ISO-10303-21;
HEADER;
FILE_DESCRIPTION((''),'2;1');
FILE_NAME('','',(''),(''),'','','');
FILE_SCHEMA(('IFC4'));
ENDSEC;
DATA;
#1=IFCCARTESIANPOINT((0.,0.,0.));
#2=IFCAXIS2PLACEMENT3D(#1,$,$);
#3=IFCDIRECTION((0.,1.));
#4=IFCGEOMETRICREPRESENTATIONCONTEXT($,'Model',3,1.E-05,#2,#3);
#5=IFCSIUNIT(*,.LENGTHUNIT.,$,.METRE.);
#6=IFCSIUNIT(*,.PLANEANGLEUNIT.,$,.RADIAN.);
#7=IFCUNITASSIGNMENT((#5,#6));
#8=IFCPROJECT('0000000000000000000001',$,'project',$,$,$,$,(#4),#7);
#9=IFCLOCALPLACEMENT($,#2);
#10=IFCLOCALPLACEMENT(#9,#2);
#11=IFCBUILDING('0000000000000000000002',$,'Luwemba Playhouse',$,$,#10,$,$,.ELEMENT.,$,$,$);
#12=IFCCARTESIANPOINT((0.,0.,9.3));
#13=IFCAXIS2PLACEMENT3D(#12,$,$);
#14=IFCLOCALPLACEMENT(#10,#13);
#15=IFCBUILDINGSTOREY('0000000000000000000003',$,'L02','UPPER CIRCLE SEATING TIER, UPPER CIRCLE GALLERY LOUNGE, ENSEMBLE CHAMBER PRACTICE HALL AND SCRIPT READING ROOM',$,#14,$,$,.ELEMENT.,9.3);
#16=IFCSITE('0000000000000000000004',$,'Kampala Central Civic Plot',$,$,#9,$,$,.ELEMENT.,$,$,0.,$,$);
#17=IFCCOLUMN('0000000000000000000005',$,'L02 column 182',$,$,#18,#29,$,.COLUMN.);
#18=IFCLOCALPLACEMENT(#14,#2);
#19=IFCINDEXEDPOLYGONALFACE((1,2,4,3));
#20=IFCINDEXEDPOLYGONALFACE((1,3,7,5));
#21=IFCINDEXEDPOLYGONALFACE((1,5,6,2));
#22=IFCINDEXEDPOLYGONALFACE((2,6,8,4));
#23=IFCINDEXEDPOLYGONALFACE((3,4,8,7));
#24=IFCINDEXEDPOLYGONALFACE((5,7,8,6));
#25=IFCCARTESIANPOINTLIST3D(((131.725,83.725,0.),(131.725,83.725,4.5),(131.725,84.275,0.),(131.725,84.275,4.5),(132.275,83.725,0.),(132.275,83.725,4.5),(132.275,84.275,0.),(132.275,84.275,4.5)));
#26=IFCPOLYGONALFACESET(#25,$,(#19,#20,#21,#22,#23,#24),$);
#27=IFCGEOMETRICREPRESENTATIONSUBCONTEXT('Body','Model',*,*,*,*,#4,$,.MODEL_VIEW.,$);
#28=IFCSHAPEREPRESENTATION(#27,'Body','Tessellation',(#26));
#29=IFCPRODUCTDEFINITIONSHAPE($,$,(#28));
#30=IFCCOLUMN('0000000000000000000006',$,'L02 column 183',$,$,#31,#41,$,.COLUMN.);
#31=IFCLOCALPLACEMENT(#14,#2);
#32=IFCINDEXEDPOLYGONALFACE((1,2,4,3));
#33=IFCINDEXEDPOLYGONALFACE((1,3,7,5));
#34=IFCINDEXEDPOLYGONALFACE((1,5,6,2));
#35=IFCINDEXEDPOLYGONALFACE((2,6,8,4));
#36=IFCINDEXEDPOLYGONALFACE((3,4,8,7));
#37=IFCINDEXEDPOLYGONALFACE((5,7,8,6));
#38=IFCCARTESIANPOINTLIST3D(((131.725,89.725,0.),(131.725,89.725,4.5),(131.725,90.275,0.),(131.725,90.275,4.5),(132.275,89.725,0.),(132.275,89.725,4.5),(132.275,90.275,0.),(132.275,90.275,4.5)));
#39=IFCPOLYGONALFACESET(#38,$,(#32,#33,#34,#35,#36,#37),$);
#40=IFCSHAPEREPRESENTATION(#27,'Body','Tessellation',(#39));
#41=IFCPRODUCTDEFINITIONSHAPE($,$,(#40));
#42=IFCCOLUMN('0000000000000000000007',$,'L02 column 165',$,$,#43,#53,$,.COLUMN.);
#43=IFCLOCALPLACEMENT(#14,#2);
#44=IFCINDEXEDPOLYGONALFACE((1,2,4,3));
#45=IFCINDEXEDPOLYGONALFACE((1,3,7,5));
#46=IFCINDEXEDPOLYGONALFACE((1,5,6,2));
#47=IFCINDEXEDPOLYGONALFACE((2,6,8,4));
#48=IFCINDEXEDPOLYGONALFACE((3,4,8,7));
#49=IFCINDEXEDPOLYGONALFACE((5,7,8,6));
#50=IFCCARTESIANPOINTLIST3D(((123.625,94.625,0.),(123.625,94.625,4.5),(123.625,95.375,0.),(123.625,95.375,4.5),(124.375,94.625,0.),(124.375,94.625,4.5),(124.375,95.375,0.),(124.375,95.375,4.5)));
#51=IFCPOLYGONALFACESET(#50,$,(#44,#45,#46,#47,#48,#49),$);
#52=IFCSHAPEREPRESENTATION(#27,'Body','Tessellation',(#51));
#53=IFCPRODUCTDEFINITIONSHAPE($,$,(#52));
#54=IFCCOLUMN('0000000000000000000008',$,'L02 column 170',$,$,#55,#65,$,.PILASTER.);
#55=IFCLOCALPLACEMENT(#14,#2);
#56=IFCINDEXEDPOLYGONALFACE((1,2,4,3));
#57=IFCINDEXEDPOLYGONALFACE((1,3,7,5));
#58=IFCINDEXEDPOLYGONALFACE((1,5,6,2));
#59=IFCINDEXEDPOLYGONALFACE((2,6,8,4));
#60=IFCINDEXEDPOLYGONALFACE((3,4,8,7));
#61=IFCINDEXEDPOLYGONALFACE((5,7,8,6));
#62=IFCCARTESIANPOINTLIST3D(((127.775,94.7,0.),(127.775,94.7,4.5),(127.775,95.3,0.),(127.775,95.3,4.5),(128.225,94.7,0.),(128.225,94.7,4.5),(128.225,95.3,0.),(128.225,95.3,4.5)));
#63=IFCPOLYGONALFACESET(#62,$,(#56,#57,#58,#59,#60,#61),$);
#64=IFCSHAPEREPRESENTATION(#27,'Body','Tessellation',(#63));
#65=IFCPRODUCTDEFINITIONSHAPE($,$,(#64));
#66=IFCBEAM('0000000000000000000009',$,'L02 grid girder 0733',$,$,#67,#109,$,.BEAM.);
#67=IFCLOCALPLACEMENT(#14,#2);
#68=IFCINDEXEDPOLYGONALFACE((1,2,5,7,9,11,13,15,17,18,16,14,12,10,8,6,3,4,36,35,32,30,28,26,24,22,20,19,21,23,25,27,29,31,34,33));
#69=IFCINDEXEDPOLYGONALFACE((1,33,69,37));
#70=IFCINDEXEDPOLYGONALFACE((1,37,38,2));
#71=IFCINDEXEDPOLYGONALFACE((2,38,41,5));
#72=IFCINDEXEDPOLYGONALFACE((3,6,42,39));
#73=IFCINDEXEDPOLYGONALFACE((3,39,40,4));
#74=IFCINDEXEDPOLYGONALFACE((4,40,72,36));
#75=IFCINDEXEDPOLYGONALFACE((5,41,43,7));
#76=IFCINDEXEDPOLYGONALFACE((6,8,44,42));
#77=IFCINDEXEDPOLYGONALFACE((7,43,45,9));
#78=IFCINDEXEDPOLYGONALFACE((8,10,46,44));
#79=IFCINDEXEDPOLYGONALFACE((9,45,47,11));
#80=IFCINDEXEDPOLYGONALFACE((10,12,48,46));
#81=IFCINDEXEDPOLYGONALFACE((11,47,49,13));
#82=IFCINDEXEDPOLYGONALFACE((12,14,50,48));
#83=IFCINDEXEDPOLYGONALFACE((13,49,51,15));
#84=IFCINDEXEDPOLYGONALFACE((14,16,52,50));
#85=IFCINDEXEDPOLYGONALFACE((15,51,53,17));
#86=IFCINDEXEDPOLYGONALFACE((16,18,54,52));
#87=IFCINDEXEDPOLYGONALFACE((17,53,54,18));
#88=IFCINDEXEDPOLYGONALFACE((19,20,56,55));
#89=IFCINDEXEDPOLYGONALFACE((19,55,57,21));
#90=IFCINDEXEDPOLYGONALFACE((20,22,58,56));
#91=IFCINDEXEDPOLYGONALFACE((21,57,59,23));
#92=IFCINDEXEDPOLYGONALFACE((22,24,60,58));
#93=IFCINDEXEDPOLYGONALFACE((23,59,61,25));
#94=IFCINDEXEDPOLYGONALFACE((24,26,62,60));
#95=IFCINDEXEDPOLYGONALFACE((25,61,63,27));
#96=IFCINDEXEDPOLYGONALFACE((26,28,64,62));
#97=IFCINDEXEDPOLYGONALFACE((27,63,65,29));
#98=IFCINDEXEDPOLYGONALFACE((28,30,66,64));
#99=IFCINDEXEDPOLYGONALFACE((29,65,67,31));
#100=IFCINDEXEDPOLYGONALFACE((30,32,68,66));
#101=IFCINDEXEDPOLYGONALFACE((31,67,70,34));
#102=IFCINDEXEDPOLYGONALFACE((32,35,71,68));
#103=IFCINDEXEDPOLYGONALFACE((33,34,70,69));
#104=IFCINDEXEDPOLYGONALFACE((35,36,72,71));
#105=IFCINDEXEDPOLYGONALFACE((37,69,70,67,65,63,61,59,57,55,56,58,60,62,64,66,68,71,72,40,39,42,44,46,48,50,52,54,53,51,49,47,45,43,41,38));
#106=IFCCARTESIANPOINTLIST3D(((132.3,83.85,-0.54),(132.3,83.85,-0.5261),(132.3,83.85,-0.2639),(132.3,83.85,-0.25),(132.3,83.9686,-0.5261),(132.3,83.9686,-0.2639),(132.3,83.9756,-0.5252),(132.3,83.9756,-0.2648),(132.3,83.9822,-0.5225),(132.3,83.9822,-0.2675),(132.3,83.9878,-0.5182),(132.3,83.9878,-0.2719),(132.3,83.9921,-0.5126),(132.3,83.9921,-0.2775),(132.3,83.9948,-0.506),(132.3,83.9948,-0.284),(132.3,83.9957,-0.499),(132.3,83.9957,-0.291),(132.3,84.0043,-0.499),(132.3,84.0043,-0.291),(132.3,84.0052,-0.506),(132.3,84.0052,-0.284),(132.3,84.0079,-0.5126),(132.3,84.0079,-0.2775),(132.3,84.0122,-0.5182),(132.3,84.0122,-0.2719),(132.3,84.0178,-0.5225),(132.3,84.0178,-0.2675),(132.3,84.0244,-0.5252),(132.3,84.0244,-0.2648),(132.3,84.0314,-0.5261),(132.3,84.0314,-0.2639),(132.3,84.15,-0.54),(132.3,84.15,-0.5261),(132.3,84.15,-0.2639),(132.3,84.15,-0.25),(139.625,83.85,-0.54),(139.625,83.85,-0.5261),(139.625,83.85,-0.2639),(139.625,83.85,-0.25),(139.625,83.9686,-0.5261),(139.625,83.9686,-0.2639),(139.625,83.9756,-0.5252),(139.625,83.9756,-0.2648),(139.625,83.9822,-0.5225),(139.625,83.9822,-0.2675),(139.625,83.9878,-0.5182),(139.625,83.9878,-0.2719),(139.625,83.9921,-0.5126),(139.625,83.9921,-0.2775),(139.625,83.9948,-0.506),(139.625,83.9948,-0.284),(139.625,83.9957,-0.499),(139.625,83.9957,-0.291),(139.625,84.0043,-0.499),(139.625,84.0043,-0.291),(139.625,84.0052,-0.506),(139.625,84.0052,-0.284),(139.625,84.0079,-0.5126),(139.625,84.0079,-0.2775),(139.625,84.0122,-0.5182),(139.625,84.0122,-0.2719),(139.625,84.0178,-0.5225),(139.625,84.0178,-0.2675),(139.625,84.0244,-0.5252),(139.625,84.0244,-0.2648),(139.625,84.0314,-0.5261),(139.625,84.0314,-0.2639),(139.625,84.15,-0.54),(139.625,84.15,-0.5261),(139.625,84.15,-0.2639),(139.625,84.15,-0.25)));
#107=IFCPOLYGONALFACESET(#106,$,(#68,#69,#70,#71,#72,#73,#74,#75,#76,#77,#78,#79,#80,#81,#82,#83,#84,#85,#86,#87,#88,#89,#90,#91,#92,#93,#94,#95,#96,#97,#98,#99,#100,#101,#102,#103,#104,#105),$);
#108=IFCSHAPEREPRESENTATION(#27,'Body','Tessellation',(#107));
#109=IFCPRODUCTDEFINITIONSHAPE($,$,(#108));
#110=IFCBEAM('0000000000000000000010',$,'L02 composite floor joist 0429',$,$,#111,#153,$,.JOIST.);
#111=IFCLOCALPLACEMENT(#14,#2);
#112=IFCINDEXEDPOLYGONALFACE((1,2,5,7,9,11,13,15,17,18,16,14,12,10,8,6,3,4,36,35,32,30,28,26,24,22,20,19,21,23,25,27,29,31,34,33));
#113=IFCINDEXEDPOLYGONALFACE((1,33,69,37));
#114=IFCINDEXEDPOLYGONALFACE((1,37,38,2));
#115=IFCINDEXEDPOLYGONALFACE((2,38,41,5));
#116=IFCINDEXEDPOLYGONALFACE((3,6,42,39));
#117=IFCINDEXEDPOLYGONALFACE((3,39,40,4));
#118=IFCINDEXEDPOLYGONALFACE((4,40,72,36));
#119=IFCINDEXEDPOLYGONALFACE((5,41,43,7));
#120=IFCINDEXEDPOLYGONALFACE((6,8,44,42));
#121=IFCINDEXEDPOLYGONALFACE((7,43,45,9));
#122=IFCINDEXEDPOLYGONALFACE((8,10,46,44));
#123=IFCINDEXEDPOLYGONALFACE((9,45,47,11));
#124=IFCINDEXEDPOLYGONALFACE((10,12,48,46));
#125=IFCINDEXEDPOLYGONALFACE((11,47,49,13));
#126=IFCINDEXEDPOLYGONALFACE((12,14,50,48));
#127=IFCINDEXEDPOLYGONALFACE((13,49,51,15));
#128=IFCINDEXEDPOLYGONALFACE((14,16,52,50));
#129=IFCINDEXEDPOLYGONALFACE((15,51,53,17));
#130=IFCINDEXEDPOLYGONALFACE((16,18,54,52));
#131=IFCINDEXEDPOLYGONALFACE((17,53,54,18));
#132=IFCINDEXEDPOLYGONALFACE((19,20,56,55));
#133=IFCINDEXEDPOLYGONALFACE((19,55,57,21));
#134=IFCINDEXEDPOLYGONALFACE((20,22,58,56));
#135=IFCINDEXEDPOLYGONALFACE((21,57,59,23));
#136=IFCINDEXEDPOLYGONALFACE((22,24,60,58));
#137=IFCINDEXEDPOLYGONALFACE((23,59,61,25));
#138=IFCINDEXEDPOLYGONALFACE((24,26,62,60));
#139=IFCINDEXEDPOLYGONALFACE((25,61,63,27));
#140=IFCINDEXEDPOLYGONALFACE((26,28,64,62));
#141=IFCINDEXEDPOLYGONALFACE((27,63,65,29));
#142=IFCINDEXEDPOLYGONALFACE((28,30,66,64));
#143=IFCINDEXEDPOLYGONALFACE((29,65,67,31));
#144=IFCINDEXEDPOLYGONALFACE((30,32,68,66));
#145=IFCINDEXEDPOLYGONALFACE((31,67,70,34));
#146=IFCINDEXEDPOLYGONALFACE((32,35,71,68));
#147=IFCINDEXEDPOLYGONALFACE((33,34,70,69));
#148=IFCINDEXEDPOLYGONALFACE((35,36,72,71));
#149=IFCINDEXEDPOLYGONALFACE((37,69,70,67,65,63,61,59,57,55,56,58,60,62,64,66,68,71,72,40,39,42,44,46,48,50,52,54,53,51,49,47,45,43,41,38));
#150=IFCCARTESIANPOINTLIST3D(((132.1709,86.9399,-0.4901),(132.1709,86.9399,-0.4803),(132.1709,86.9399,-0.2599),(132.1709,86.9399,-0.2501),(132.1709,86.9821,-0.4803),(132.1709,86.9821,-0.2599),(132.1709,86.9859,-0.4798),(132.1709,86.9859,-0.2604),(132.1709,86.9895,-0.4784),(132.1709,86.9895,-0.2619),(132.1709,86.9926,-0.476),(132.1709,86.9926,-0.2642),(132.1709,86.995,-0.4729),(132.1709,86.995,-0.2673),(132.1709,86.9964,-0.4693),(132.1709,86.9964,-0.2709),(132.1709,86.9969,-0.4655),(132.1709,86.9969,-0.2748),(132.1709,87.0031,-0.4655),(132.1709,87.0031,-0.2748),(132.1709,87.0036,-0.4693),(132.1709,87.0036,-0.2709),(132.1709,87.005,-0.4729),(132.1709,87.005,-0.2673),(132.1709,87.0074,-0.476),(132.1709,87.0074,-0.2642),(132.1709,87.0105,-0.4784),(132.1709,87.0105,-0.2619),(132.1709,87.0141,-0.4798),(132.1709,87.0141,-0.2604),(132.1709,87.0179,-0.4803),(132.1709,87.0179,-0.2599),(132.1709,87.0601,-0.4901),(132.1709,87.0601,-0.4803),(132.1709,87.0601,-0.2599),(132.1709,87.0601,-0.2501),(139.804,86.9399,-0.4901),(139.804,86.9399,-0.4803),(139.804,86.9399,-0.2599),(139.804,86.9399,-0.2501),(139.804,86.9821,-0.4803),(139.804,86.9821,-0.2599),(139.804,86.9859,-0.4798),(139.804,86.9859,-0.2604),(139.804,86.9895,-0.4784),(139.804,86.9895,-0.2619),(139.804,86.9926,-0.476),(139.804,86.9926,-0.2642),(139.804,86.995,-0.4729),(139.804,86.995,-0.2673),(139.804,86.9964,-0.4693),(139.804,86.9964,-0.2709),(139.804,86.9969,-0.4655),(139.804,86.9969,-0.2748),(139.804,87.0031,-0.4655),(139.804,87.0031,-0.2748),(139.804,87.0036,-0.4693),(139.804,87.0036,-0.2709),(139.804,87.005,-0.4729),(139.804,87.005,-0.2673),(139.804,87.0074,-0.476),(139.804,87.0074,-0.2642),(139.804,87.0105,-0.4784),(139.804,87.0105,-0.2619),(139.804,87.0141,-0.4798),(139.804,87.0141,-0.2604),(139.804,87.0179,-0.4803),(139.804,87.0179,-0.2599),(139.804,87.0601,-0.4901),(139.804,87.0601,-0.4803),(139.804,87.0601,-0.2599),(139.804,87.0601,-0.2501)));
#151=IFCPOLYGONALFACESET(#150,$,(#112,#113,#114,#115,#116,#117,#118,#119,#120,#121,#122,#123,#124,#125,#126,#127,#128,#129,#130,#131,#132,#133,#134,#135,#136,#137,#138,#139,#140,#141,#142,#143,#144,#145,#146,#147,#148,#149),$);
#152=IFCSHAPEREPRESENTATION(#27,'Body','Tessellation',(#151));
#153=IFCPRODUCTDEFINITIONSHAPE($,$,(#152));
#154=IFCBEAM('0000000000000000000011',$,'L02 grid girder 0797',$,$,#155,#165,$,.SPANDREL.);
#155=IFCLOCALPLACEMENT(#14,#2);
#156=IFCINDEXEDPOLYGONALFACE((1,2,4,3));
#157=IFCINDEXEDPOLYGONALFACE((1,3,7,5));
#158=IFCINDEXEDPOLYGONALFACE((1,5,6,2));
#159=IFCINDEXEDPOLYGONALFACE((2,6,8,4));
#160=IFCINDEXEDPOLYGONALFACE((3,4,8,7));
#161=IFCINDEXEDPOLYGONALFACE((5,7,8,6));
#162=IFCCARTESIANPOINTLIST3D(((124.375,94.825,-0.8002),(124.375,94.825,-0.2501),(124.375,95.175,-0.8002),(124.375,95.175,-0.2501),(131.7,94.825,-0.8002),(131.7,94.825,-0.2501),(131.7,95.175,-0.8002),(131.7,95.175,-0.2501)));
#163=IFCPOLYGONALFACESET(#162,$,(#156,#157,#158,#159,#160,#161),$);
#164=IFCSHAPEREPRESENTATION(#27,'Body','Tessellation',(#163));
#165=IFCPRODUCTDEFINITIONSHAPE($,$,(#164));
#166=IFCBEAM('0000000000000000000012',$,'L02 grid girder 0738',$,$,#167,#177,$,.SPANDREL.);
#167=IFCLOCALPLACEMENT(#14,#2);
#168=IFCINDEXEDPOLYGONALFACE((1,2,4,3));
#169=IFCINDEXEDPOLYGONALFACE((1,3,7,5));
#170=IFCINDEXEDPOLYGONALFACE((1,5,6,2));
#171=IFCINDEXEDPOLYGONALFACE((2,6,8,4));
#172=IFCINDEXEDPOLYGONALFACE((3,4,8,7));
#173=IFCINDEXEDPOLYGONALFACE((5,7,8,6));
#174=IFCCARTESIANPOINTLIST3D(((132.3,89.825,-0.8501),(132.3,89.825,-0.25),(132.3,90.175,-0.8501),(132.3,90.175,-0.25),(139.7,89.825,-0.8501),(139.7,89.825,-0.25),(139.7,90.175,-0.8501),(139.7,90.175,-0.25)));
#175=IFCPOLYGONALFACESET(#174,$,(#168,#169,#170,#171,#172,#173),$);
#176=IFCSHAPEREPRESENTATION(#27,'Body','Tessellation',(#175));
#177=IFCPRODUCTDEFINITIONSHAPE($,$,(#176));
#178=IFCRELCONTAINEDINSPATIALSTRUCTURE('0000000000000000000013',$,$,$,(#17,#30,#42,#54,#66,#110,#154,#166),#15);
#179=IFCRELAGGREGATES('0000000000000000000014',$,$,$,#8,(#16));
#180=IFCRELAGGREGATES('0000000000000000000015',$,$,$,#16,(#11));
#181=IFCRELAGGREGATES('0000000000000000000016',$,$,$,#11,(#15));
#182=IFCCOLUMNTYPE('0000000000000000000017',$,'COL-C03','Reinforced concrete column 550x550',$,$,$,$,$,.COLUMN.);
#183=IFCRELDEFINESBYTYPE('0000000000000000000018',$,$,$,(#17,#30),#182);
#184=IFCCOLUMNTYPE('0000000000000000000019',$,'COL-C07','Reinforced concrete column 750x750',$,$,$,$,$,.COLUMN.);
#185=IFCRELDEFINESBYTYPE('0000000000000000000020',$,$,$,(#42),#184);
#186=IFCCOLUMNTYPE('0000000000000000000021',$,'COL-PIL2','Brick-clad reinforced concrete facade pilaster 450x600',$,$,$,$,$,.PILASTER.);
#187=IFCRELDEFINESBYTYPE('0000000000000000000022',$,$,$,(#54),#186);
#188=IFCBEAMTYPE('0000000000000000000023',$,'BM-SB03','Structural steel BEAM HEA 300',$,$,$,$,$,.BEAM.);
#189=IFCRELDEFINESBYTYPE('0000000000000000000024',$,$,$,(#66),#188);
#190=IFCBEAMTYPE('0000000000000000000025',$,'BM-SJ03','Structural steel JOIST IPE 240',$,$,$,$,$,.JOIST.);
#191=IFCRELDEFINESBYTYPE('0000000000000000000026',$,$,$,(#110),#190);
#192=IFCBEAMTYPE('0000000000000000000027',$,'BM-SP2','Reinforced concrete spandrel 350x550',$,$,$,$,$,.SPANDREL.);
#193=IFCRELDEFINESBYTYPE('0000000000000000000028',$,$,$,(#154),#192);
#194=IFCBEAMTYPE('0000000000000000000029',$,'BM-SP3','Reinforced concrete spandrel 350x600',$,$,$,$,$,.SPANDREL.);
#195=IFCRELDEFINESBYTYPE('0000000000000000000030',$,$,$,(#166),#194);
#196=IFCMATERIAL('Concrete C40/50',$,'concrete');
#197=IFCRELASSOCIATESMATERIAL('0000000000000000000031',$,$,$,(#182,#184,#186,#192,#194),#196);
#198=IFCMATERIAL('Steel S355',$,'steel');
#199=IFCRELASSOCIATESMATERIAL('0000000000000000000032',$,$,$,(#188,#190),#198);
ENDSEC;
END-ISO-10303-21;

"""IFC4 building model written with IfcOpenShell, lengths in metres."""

from ifc_helpers import new_model, si_unit, direction, frame, origin, origin_2d, place, context, subcontext, project, spatial, rectangle, i_section, extrude, material, material_profile, profile_set, type_object, element, save


model = new_model("IFC4")

# Units and contexts
model_context = context("Model", 3, precision=1e-05, world=origin(), true_north=direction((0.0, 1.0)))
body_context = subcontext(model_context, "Body", "Model", "MODEL_VIEW")
ifc_project = project(units=[si_unit("LENGTHUNIT", "METRE"), si_unit("PLANEANGLEUNIT", "RADIAN")], contexts=[model_context])

# Site, building, storey
site_placement = place(None, origin())
site = spatial("IfcSite", under=ifc_project, at=site_placement, Name="Kampala Central Civic Plot", CompositionType="ELEMENT", RefElevation=0.0)
building_placement = place(site_placement, origin())
building = spatial("IfcBuilding", under=site, at=building_placement, Name="Luwemba Playhouse", CompositionType="ELEMENT")
storey_placement = place(building_placement, frame((0.0, 0.0, 9.3)))
storey = spatial("IfcBuildingStorey", under=building, at=storey_placement, Name="L02", Description="UPPER CIRCLE SEATING TIER, UPPER CIRCLE GALLERY LOUNGE, ENSEMBLE CHAMBER PRACTICE HALL AND SCRIPT READING ROOM", CompositionType="ELEMENT", Elevation=9.3)

# Columns
ifc_material_1 = material(Name="Concrete C40/50", Category="concrete")
ifc_material_profile_1 = material_profile(ifc_material_1, rectangle(XDim=0.55, YDim=0.55, at=origin_2d()))
ifc_profile_set_1 = profile_set([ifc_material_profile_1], Name="Concrete C40/50")
column_type_1 = type_object("IfcColumnType", Name="COL-C03", Description="Reinforced concrete column 550x550", PredefinedType="COLUMN", material=ifc_profile_set_1)
for number, where, z_axis, x_axis, name in (
    (1, (132.0, 84.0, 0.0), (0.0, 0.0, 1.0), (1.0, 0.0, 0.0), "L02 column 182"),
    (2, (132.0, 90.0, 0.0), (0.0, 0.0, 1.0), (1.0, 0.0, 0.0), "L02 column 183"),
):
    element("IfcColumn", number, at=place(storey_placement, frame(where, z_axis=z_axis, x_axis=x_axis)), inside=storey, type_object=column_type_1, Name=name, PredefinedType="COLUMN", context=body_context, shape_type="SweptSolid", body=[
        extrude(rectangle(XDim=0.55, YDim=0.55, at=origin_2d()), origin(), (0.0, 0.0, 1.0), 4.5),
    ])
ifc_material_profile_2 = material_profile(ifc_material_1, rectangle(XDim=0.75, YDim=0.75, at=origin_2d()))
ifc_profile_set_2 = profile_set([ifc_material_profile_2], Name="Concrete C40/50")
column_type_2 = type_object("IfcColumnType", Name="COL-C07", Description="Reinforced concrete column 750x750", PredefinedType="COLUMN", material=ifc_profile_set_2)
column_1_placement = place(storey_placement, frame((124.0, 95.0, 0.0), z_axis=(0.0, 0.0, 1.0), x_axis=(1.0, 0.0, 0.0)))
element("IfcColumn", 3, at=column_1_placement, inside=storey, type_object=column_type_2, Name="L02 column 165", PredefinedType="COLUMN", context=body_context, shape_type="SweptSolid", body=[
    extrude(rectangle(XDim=0.75, YDim=0.75, at=origin_2d()), origin(), (0.0, 0.0, 1.0), 4.5),
])
ifc_material_profile_3 = material_profile(ifc_material_1, rectangle(XDim=0.45, YDim=0.6001, at=origin_2d()))
ifc_profile_set_3 = profile_set([ifc_material_profile_3], Name="Concrete C40/50")
column_type_3 = type_object("IfcColumnType", Name="COL-PIL2", Description="Brick-clad reinforced concrete facade pilaster 450x600", PredefinedType="PILASTER", material=ifc_profile_set_3)
column_2_placement = place(storey_placement, frame((128.0, 95.0, 0.0), z_axis=(0.0, 0.0, 1.0), x_axis=(1.0, 0.0, 0.0)))
element("IfcColumn", 4, at=column_2_placement, inside=storey, type_object=column_type_3, Name="L02 column 170", PredefinedType="PILASTER", context=body_context, shape_type="SweptSolid", body=[
    extrude(rectangle(XDim=0.45, YDim=0.6001, at=origin_2d()), origin(), (0.0, 0.0, 1.0), 4.5),
])

# Beams
ifc_material_2 = material(Name="Steel S355", Category="steel")
ifc_material_profile_4 = material_profile(ifc_material_2, i_section(OverallWidth=0.3, OverallDepth=0.29, WebThickness=0.0085, FlangeThickness=0.0139, FilletRadius=0.0271, at=origin_2d()))
ifc_profile_set_4 = profile_set([ifc_material_profile_4], Name="Steel S355")
beam_type_1 = type_object("IfcBeamType", Name="BM-SB03", Description="Structural steel BEAM HEA 300", PredefinedType="BEAM", material=ifc_profile_set_4)
beam_1_placement = place(storey_placement, frame((132.3, 84.0, -0.395), z_axis=(1.0, 0.0, 0.0), x_axis=(0.0, 1.0, 0.0)))
element("IfcBeam", 5, at=beam_1_placement, inside=storey, type_object=beam_type_1, Name="L02 grid girder 0733", PredefinedType="BEAM", context=body_context, shape_type="SweptSolid", body=[
    extrude(i_section(OverallWidth=0.3, OverallDepth=0.29, WebThickness=0.0085, FlangeThickness=0.0139, FilletRadius=0.0271, at=origin_2d()), origin(), (0.0, 0.0, 1.0), 7.325),
])
ifc_material_profile_5 = material_profile(ifc_material_2, i_section(OverallWidth=0.1201, OverallDepth=0.24, WebThickness=0.0061, FlangeThickness=0.0098, FilletRadius=0.0149, at=origin_2d()))
ifc_profile_set_5 = profile_set([ifc_material_profile_5], Name="Steel S355")
beam_type_2 = type_object("IfcBeamType", Name="BM-SJ03", Description="Structural steel JOIST IPE 240", PredefinedType="JOIST", material=ifc_profile_set_5)
beam_2_placement = place(storey_placement, frame((132.1709, 87.0, -0.3701), z_axis=(1.0, 0.0, 0.0), x_axis=(0.0, 1.0, 0.0)))
element("IfcBeam", 6, at=beam_2_placement, inside=storey, type_object=beam_type_2, Name="L02 composite floor joist 0429", PredefinedType="JOIST", context=body_context, shape_type="SweptSolid", body=[
    extrude(i_section(OverallWidth=0.1201, OverallDepth=0.24, WebThickness=0.0061, FlangeThickness=0.0098, FilletRadius=0.0149, at=origin_2d()), origin(), (0.0, 0.0, 1.0), 7.6331),
])
ifc_material_profile_6 = material_profile(ifc_material_1, rectangle(XDim=0.3501, YDim=0.55, at=origin_2d()))
ifc_profile_set_6 = profile_set([ifc_material_profile_6], Name="Concrete C40/50")
beam_type_3 = type_object("IfcBeamType", Name="BM-SP2", Description="Reinforced concrete spandrel 350x550", PredefinedType="SPANDREL", material=ifc_profile_set_6)
beam_3_placement = place(storey_placement, frame((124.375, 95.0, -0.5251), z_axis=(1.0, 0.0, 0.0), x_axis=(0.0, 1.0, 0.0)))
element("IfcBeam", 7, at=beam_3_placement, inside=storey, type_object=beam_type_3, Name="L02 grid girder 0797", PredefinedType="SPANDREL", context=body_context, shape_type="SweptSolid", body=[
    extrude(rectangle(XDim=0.3501, YDim=0.55, at=origin_2d()), origin(), (0.0, 0.0, 1.0), 7.325),
])
ifc_material_profile_7 = material_profile(ifc_material_1, rectangle(XDim=0.3501, YDim=0.6001, at=origin_2d()))
ifc_profile_set_7 = profile_set([ifc_material_profile_7], Name="Concrete C40/50")
beam_type_4 = type_object("IfcBeamType", Name="BM-SP3", Description="Reinforced concrete spandrel 350x600", PredefinedType="SPANDREL", material=ifc_profile_set_7)
beam_4_placement = place(storey_placement, frame((132.3, 90.0, -0.55), z_axis=(1.0, 0.0, 0.0), x_axis=(0.0, 1.0, 0.0)))
element("IfcBeam", 8, at=beam_4_placement, inside=storey, type_object=beam_type_4, Name="L02 grid girder 0738", PredefinedType="SPANDREL", context=body_context, shape_type="SweptSolid", body=[
    extrude(rectangle(XDim=0.3501, YDim=0.6001, at=origin_2d()), origin(), (0.0, 0.0, 1.0), 7.3999),
])

save(model, "model.ifc")
